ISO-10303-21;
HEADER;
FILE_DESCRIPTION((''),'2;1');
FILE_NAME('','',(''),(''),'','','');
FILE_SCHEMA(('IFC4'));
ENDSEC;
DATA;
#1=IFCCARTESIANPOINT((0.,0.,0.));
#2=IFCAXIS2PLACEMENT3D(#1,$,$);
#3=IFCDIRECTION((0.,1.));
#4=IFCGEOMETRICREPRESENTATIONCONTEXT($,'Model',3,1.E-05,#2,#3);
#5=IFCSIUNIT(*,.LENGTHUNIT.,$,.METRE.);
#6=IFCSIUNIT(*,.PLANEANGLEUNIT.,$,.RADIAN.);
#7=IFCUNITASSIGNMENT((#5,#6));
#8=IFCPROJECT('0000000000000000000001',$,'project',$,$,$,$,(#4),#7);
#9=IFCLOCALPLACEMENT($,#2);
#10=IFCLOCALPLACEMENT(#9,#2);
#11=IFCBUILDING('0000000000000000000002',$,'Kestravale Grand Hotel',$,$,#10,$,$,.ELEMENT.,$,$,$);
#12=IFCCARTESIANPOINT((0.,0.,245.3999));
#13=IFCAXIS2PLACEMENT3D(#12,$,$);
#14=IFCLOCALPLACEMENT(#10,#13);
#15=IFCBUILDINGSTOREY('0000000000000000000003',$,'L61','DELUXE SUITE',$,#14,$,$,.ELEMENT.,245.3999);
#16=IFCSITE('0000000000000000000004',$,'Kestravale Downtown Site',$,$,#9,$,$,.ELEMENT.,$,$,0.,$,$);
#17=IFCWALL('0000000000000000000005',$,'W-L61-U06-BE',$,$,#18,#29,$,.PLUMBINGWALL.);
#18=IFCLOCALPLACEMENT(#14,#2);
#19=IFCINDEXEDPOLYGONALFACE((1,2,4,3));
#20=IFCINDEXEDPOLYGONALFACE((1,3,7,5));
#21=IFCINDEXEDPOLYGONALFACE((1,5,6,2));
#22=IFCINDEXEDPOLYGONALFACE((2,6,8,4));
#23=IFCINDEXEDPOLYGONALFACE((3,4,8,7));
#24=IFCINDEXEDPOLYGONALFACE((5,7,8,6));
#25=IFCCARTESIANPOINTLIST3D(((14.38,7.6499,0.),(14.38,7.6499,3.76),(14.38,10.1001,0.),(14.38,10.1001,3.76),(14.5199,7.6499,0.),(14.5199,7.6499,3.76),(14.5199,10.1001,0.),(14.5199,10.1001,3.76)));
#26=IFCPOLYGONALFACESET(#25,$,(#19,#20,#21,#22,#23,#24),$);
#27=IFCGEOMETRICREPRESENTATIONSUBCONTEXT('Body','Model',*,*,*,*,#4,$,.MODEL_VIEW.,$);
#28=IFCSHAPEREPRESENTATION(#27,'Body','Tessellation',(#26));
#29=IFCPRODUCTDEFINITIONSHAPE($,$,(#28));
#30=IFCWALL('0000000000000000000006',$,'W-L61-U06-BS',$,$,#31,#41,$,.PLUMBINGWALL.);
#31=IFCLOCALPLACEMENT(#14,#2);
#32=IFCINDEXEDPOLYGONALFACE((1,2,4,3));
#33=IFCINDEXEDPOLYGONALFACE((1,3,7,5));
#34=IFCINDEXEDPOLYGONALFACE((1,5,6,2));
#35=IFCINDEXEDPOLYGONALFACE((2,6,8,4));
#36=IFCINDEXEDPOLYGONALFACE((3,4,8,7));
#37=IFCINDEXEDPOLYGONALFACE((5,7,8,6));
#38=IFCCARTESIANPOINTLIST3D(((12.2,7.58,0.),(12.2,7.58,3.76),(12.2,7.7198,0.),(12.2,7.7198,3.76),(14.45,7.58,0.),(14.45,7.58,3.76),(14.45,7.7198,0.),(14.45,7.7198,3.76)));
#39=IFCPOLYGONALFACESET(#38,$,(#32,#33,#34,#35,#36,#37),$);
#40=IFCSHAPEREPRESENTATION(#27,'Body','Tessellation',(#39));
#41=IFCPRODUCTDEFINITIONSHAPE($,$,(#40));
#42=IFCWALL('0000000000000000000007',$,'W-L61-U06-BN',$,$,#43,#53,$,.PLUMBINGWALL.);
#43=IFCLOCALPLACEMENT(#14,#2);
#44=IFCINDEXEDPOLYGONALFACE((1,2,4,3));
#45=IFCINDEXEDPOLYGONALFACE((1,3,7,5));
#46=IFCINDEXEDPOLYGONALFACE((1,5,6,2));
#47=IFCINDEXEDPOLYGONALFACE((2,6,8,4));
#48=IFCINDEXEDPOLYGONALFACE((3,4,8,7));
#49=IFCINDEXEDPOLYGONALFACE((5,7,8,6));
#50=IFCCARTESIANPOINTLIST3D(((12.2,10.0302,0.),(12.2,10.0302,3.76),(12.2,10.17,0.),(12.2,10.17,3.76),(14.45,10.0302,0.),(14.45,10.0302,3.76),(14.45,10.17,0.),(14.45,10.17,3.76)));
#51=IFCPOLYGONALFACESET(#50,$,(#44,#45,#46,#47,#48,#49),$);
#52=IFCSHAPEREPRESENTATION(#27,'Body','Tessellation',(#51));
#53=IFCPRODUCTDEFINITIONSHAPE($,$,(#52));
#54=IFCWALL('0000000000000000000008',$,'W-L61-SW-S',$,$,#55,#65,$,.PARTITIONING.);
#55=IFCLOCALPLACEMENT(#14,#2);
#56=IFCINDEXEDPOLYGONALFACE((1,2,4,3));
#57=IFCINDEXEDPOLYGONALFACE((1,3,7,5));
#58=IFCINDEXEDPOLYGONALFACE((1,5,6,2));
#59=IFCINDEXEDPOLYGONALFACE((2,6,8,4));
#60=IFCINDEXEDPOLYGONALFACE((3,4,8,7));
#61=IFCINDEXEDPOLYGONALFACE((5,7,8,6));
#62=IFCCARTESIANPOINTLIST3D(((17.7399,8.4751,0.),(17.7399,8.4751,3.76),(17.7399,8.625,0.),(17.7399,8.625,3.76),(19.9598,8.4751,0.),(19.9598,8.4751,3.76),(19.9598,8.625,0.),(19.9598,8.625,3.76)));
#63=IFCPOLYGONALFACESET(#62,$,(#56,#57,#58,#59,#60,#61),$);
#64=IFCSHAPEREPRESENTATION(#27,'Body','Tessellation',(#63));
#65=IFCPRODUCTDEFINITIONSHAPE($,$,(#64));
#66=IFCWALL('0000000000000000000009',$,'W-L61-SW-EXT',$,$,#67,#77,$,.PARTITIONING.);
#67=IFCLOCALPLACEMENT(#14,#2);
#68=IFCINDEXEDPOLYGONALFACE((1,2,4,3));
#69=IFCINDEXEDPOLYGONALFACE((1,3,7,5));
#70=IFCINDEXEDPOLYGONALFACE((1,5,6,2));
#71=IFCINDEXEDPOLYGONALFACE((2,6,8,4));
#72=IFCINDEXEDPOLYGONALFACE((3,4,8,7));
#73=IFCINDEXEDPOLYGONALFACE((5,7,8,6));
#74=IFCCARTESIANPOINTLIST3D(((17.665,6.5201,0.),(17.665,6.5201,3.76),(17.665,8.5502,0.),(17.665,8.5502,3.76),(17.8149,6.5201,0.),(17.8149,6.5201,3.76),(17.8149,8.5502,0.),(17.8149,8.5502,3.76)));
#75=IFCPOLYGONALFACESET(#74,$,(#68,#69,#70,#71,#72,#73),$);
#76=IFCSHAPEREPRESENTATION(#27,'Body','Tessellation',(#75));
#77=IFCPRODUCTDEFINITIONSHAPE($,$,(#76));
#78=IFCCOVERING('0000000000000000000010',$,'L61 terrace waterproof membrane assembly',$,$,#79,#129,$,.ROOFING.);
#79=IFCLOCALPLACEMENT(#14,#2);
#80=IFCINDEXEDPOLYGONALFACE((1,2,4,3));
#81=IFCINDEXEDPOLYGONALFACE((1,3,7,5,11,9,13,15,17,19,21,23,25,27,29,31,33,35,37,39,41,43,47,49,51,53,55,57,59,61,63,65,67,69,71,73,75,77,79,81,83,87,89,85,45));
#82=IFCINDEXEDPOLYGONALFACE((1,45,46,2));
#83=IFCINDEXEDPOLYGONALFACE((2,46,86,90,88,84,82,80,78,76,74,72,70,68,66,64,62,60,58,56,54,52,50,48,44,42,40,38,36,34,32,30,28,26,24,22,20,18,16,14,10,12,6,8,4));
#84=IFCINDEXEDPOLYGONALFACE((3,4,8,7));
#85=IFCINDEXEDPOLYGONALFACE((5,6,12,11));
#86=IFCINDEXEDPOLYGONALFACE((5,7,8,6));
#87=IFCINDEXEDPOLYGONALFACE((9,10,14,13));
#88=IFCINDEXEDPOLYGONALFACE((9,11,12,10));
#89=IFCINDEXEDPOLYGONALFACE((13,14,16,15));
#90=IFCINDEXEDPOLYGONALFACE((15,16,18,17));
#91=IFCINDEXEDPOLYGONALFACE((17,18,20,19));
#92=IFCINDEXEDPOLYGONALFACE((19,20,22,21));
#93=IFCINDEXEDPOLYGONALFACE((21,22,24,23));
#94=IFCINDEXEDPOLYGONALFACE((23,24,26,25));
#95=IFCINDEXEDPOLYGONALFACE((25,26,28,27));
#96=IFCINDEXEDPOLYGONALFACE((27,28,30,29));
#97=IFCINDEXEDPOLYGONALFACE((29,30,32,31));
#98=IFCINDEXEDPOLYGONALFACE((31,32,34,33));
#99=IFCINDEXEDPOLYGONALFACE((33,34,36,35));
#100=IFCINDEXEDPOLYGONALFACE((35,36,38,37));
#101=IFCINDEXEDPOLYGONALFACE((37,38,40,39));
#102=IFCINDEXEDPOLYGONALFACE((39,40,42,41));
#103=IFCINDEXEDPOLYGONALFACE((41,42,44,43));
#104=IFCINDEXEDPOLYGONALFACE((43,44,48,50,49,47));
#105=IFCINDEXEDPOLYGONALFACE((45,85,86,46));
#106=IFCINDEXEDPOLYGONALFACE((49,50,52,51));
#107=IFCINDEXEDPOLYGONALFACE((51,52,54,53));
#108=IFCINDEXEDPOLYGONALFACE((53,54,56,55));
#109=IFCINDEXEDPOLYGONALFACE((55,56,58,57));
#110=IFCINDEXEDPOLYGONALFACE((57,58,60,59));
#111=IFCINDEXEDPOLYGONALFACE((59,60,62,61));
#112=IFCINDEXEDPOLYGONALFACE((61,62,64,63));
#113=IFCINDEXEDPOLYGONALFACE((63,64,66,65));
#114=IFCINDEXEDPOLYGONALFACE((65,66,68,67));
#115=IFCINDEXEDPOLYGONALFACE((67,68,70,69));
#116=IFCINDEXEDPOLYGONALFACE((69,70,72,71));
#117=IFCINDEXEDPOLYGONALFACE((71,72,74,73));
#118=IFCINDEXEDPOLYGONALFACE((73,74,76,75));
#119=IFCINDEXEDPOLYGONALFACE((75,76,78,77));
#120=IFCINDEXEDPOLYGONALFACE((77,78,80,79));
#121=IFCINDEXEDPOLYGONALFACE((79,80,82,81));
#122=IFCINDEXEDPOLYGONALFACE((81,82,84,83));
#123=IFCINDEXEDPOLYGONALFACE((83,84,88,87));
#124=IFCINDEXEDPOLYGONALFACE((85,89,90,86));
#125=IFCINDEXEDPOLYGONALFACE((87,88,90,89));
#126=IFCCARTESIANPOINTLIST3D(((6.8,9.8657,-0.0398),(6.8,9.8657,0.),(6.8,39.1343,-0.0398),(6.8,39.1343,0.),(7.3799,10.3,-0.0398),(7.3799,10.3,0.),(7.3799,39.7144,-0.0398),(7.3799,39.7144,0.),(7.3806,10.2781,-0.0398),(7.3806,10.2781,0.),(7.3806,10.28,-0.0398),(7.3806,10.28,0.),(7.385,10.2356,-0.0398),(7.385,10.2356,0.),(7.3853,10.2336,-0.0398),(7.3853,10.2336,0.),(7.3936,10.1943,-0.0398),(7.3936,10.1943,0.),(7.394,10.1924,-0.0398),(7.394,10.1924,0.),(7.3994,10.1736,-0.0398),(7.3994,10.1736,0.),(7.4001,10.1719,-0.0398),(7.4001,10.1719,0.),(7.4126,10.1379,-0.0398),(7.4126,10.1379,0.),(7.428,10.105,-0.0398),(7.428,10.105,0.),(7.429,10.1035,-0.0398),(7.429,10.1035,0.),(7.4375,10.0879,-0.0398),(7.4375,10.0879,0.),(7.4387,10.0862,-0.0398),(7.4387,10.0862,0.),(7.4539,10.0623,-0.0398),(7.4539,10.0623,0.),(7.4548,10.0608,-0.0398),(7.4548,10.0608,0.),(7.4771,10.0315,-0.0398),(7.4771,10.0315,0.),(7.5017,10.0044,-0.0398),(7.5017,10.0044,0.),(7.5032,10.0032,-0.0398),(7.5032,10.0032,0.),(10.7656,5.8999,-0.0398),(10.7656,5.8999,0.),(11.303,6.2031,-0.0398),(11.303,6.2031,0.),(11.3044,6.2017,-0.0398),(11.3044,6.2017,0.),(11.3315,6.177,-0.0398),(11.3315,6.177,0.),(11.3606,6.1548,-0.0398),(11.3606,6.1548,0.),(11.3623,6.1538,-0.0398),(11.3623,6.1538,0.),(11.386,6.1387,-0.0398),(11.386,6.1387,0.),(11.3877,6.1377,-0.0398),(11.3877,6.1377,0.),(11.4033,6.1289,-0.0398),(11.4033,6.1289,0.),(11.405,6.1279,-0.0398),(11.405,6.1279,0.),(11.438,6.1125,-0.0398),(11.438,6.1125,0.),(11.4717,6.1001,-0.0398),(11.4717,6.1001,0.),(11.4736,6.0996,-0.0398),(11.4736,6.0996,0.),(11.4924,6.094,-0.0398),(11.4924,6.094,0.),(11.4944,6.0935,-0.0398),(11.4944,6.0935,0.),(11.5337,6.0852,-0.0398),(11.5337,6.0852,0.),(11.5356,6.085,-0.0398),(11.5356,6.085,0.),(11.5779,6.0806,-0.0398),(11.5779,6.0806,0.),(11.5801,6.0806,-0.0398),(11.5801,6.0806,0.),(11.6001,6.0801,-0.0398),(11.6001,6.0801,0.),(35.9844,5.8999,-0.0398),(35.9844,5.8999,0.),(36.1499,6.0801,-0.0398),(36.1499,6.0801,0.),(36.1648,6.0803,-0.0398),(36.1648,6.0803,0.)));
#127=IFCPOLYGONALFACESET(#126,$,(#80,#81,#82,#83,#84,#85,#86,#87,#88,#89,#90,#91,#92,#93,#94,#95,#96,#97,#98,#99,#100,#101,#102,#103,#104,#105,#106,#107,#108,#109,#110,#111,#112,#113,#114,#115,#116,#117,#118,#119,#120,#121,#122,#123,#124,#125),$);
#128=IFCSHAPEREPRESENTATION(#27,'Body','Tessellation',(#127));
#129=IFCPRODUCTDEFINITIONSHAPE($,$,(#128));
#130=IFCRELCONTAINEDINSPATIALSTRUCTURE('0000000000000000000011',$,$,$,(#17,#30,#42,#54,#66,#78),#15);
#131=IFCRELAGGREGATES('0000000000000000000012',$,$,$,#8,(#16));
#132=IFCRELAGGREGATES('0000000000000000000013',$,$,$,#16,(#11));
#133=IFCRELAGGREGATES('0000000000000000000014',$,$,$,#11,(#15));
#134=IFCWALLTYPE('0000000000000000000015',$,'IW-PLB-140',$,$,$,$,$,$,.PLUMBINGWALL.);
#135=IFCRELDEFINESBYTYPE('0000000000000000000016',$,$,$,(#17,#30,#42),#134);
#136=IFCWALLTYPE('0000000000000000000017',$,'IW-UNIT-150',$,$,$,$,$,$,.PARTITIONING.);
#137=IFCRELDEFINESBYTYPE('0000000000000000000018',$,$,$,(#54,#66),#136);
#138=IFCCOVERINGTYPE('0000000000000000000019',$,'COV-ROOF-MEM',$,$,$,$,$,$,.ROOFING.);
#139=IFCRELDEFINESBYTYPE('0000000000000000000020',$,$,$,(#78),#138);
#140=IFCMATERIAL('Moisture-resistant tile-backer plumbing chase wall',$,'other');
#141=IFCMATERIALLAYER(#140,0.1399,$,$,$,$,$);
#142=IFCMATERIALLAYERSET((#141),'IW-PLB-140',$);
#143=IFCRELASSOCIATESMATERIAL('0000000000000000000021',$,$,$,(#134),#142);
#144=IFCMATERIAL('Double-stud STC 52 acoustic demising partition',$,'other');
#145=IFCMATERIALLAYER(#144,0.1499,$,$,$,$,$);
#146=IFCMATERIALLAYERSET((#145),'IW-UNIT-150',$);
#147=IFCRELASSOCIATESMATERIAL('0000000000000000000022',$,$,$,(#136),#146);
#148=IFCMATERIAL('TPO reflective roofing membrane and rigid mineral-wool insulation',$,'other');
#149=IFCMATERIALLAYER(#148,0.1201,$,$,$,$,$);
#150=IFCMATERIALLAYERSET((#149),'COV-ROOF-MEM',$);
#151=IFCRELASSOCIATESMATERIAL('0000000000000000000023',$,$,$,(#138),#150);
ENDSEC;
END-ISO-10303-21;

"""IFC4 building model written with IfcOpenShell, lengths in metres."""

from ifc_helpers import new_model, si_unit, direction, frame, frame_2d, origin, place, context, subcontext, project, spatial, polyline, rectangle, outline, extrude, material, layer, layer_set, type_object, element, save


model = new_model("IFC4")

# Units and contexts
model_context = context("Model", 3, precision=1e-05, world=origin(), true_north=direction((0.0, 1.0)))
body_context = subcontext(model_context, "Body", "Model", "MODEL_VIEW")
ifc_project = project(units=[si_unit("LENGTHUNIT", "METRE"), si_unit("PLANEANGLEUNIT", "RADIAN")], contexts=[model_context])

# Site, building, storey
site_placement = place(None, origin())
site = spatial("IfcSite", under=ifc_project, at=site_placement, Name="Kestravale Downtown Site", CompositionType="ELEMENT", RefElevation=0.0)
building_placement = place(site_placement, origin())
building = spatial("IfcBuilding", under=site, at=building_placement, Name="Kestravale Grand Hotel", CompositionType="ELEMENT")
storey_placement = place(building_placement, frame((0.0, 0.0, 245.3999)))
storey = spatial("IfcBuildingStorey", under=building, at=storey_placement, Name="L61", Description="DELUXE SUITE", CompositionType="ELEMENT", Elevation=245.3999)

# Shared definitions
ifc_material_1 = material(Name="Moisture-resistant tile-backer plumbing chase wall", Category="other")
ifc_layer_1 = layer(ifc_material_1, 0.1399)
ifc_layer_set_1 = layer_set([ifc_layer_1], Name="IW-PLB-140")
wall_type_1 = type_object("IfcWallType", Name="IW-PLB-140", PredefinedType="PLUMBINGWALL", material=ifc_layer_set_1)

# Walls
wall_1_placement = place(storey_placement, frame((14.45, 7.6499, 0.0), z_axis=(0.0, 0.0, 1.0), x_axis=(0.0, 1.0, 0.0)))
element("IfcWall", 1, at=wall_1_placement, inside=storey, type_object=wall_type_1, Name="W-L61-U06-BE", PredefinedType="PLUMBINGWALL", context=body_context, shape_type="SweptSolid", body=[
    extrude(rectangle(XDim=2.4502, YDim=0.1399, at=frame_2d((1.2251, 0.0))), origin(), (0.0, 0.0, 1.0), 3.76),
])
for number, where, z_axis, x_axis, name in (
    (2, (12.2, 7.6499, 0.0), (0.0, 0.0, 1.0), (1.0, 0.0, 0.0), "W-L61-U06-BS"),
    (3, (12.2, 10.1001, 0.0), (0.0, 0.0, 1.0), (1.0, 0.0, 0.0), "W-L61-U06-BN"),
):
    element("IfcWall", number, at=place(storey_placement, frame(where, z_axis=z_axis, x_axis=x_axis)), inside=storey, type_object=wall_type_1, Name=name, PredefinedType="PLUMBINGWALL", context=body_context, shape_type="SweptSolid", body=[
        extrude(rectangle(XDim=2.25, YDim=0.1399, at=frame_2d((1.125, 0.0))), origin(), (0.0, 0.0, 1.0), 3.76),
    ])
ifc_material_2 = material(Name="Double-stud STC 52 acoustic demising partition", Category="other")
ifc_layer_2 = layer(ifc_material_2, 0.1499)
ifc_layer_set_2 = layer_set([ifc_layer_2], Name="IW-UNIT-150")
wall_type_2 = type_object("IfcWallType", Name="IW-UNIT-150", PredefinedType="PARTITIONING", material=ifc_layer_set_2)
wall_2_placement = place(storey_placement, frame((17.74, 8.55, 0.0), z_axis=(0.0, 0.0, 1.0), x_axis=(1.0, 0.0, 0.0)))
element("IfcWall", 4, at=wall_2_placement, inside=storey, type_object=wall_type_2, Name="W-L61-SW-S", PredefinedType="PARTITIONING", context=body_context, shape_type="SweptSolid", body=[
    extrude(rectangle(XDim=2.22, YDim=0.1499, at=frame_2d((1.1099, 0.0))), origin(), (0.0, 0.0, 1.0), 3.76),
])
wall_3_placement = place(storey_placement, frame((17.74, 6.52, 0.0), z_axis=(0.0, 0.0, 1.0), x_axis=(0.0, 1.0, 0.0)))
element("IfcWall", 5, at=wall_3_placement, inside=storey, type_object=wall_type_2, Name="W-L61-SW-EXT", PredefinedType="PARTITIONING", context=body_context, shape_type="SweptSolid", body=[
    extrude(rectangle(XDim=2.03, YDim=0.1499, at=frame_2d((1.0151, 0.0))), origin(), (0.0, 0.0, 1.0), 3.76),
])

# Covering
ifc_material_3 = material(Name="TPO reflective roofing membrane and rigid mineral-wool insulation", Category="other")
ifc_layer_3 = layer(ifc_material_3, 0.1201)
ifc_layer_set_3 = layer_set([ifc_layer_3], Name="COV-ROOF-MEM")
covering_type = type_object("IfcCoveringType", Name="COV-ROOF-MEM", PredefinedType="ROOFING", material=ifc_layer_set_3)
covering_placement = place(storey_placement, frame((0.0, 0.0, -0.0398)))
element("IfcCovering", 6, at=covering_placement, inside=storey, type_object=covering_type, Name="L61 terrace waterproof membrane assembly", PredefinedType="ROOFING", context=body_context, shape_type="SweptSolid", body=[
    extrude(outline(polyline([(36.1648, 6.0803), (35.9844, 5.8999), (10.7656, 5.8999), (6.8, 9.8657), (6.8, 39.1343), (7.3799, 39.7144), (7.3799, 10.3), (7.3806, 10.28), (7.3806, 10.2781), (7.385, 10.2356), (7.3853, 10.2336), (7.3936, 10.1943), (7.394, 10.1924), (7.3994, 10.1736), (7.4001, 10.1719), (7.4126, 10.1379), (7.428, 10.105), (7.429, 10.1035), (7.4375, 10.0879), (7.4387, 10.0862), (7.4539, 10.0623), (7.4548, 10.0608), (7.4771, 10.0315), (7.5017, 10.0044), (7.5032, 10.0032), (11.303, 6.2031), (11.3044, 6.2017), (11.3315, 6.177), (11.3606, 6.1548), (11.3623, 6.1538), (11.386, 6.1387), (11.3877, 6.1377), (11.4033, 6.1289), (11.405, 6.1279), (11.438, 6.1125), (11.4717, 6.1001), (11.4736, 6.0996), (11.4924, 6.094), (11.4944, 6.0935), (11.5337, 6.0852), (11.5356, 6.085), (11.5779, 6.0806), (11.5801, 6.0806), (11.6001, 6.0801), (36.1499, 6.0801), (36.1648, 6.0803)])), origin(), (0.0, 0.0, 1.0), 0.0398),
])

save(model, "model.ifc")
